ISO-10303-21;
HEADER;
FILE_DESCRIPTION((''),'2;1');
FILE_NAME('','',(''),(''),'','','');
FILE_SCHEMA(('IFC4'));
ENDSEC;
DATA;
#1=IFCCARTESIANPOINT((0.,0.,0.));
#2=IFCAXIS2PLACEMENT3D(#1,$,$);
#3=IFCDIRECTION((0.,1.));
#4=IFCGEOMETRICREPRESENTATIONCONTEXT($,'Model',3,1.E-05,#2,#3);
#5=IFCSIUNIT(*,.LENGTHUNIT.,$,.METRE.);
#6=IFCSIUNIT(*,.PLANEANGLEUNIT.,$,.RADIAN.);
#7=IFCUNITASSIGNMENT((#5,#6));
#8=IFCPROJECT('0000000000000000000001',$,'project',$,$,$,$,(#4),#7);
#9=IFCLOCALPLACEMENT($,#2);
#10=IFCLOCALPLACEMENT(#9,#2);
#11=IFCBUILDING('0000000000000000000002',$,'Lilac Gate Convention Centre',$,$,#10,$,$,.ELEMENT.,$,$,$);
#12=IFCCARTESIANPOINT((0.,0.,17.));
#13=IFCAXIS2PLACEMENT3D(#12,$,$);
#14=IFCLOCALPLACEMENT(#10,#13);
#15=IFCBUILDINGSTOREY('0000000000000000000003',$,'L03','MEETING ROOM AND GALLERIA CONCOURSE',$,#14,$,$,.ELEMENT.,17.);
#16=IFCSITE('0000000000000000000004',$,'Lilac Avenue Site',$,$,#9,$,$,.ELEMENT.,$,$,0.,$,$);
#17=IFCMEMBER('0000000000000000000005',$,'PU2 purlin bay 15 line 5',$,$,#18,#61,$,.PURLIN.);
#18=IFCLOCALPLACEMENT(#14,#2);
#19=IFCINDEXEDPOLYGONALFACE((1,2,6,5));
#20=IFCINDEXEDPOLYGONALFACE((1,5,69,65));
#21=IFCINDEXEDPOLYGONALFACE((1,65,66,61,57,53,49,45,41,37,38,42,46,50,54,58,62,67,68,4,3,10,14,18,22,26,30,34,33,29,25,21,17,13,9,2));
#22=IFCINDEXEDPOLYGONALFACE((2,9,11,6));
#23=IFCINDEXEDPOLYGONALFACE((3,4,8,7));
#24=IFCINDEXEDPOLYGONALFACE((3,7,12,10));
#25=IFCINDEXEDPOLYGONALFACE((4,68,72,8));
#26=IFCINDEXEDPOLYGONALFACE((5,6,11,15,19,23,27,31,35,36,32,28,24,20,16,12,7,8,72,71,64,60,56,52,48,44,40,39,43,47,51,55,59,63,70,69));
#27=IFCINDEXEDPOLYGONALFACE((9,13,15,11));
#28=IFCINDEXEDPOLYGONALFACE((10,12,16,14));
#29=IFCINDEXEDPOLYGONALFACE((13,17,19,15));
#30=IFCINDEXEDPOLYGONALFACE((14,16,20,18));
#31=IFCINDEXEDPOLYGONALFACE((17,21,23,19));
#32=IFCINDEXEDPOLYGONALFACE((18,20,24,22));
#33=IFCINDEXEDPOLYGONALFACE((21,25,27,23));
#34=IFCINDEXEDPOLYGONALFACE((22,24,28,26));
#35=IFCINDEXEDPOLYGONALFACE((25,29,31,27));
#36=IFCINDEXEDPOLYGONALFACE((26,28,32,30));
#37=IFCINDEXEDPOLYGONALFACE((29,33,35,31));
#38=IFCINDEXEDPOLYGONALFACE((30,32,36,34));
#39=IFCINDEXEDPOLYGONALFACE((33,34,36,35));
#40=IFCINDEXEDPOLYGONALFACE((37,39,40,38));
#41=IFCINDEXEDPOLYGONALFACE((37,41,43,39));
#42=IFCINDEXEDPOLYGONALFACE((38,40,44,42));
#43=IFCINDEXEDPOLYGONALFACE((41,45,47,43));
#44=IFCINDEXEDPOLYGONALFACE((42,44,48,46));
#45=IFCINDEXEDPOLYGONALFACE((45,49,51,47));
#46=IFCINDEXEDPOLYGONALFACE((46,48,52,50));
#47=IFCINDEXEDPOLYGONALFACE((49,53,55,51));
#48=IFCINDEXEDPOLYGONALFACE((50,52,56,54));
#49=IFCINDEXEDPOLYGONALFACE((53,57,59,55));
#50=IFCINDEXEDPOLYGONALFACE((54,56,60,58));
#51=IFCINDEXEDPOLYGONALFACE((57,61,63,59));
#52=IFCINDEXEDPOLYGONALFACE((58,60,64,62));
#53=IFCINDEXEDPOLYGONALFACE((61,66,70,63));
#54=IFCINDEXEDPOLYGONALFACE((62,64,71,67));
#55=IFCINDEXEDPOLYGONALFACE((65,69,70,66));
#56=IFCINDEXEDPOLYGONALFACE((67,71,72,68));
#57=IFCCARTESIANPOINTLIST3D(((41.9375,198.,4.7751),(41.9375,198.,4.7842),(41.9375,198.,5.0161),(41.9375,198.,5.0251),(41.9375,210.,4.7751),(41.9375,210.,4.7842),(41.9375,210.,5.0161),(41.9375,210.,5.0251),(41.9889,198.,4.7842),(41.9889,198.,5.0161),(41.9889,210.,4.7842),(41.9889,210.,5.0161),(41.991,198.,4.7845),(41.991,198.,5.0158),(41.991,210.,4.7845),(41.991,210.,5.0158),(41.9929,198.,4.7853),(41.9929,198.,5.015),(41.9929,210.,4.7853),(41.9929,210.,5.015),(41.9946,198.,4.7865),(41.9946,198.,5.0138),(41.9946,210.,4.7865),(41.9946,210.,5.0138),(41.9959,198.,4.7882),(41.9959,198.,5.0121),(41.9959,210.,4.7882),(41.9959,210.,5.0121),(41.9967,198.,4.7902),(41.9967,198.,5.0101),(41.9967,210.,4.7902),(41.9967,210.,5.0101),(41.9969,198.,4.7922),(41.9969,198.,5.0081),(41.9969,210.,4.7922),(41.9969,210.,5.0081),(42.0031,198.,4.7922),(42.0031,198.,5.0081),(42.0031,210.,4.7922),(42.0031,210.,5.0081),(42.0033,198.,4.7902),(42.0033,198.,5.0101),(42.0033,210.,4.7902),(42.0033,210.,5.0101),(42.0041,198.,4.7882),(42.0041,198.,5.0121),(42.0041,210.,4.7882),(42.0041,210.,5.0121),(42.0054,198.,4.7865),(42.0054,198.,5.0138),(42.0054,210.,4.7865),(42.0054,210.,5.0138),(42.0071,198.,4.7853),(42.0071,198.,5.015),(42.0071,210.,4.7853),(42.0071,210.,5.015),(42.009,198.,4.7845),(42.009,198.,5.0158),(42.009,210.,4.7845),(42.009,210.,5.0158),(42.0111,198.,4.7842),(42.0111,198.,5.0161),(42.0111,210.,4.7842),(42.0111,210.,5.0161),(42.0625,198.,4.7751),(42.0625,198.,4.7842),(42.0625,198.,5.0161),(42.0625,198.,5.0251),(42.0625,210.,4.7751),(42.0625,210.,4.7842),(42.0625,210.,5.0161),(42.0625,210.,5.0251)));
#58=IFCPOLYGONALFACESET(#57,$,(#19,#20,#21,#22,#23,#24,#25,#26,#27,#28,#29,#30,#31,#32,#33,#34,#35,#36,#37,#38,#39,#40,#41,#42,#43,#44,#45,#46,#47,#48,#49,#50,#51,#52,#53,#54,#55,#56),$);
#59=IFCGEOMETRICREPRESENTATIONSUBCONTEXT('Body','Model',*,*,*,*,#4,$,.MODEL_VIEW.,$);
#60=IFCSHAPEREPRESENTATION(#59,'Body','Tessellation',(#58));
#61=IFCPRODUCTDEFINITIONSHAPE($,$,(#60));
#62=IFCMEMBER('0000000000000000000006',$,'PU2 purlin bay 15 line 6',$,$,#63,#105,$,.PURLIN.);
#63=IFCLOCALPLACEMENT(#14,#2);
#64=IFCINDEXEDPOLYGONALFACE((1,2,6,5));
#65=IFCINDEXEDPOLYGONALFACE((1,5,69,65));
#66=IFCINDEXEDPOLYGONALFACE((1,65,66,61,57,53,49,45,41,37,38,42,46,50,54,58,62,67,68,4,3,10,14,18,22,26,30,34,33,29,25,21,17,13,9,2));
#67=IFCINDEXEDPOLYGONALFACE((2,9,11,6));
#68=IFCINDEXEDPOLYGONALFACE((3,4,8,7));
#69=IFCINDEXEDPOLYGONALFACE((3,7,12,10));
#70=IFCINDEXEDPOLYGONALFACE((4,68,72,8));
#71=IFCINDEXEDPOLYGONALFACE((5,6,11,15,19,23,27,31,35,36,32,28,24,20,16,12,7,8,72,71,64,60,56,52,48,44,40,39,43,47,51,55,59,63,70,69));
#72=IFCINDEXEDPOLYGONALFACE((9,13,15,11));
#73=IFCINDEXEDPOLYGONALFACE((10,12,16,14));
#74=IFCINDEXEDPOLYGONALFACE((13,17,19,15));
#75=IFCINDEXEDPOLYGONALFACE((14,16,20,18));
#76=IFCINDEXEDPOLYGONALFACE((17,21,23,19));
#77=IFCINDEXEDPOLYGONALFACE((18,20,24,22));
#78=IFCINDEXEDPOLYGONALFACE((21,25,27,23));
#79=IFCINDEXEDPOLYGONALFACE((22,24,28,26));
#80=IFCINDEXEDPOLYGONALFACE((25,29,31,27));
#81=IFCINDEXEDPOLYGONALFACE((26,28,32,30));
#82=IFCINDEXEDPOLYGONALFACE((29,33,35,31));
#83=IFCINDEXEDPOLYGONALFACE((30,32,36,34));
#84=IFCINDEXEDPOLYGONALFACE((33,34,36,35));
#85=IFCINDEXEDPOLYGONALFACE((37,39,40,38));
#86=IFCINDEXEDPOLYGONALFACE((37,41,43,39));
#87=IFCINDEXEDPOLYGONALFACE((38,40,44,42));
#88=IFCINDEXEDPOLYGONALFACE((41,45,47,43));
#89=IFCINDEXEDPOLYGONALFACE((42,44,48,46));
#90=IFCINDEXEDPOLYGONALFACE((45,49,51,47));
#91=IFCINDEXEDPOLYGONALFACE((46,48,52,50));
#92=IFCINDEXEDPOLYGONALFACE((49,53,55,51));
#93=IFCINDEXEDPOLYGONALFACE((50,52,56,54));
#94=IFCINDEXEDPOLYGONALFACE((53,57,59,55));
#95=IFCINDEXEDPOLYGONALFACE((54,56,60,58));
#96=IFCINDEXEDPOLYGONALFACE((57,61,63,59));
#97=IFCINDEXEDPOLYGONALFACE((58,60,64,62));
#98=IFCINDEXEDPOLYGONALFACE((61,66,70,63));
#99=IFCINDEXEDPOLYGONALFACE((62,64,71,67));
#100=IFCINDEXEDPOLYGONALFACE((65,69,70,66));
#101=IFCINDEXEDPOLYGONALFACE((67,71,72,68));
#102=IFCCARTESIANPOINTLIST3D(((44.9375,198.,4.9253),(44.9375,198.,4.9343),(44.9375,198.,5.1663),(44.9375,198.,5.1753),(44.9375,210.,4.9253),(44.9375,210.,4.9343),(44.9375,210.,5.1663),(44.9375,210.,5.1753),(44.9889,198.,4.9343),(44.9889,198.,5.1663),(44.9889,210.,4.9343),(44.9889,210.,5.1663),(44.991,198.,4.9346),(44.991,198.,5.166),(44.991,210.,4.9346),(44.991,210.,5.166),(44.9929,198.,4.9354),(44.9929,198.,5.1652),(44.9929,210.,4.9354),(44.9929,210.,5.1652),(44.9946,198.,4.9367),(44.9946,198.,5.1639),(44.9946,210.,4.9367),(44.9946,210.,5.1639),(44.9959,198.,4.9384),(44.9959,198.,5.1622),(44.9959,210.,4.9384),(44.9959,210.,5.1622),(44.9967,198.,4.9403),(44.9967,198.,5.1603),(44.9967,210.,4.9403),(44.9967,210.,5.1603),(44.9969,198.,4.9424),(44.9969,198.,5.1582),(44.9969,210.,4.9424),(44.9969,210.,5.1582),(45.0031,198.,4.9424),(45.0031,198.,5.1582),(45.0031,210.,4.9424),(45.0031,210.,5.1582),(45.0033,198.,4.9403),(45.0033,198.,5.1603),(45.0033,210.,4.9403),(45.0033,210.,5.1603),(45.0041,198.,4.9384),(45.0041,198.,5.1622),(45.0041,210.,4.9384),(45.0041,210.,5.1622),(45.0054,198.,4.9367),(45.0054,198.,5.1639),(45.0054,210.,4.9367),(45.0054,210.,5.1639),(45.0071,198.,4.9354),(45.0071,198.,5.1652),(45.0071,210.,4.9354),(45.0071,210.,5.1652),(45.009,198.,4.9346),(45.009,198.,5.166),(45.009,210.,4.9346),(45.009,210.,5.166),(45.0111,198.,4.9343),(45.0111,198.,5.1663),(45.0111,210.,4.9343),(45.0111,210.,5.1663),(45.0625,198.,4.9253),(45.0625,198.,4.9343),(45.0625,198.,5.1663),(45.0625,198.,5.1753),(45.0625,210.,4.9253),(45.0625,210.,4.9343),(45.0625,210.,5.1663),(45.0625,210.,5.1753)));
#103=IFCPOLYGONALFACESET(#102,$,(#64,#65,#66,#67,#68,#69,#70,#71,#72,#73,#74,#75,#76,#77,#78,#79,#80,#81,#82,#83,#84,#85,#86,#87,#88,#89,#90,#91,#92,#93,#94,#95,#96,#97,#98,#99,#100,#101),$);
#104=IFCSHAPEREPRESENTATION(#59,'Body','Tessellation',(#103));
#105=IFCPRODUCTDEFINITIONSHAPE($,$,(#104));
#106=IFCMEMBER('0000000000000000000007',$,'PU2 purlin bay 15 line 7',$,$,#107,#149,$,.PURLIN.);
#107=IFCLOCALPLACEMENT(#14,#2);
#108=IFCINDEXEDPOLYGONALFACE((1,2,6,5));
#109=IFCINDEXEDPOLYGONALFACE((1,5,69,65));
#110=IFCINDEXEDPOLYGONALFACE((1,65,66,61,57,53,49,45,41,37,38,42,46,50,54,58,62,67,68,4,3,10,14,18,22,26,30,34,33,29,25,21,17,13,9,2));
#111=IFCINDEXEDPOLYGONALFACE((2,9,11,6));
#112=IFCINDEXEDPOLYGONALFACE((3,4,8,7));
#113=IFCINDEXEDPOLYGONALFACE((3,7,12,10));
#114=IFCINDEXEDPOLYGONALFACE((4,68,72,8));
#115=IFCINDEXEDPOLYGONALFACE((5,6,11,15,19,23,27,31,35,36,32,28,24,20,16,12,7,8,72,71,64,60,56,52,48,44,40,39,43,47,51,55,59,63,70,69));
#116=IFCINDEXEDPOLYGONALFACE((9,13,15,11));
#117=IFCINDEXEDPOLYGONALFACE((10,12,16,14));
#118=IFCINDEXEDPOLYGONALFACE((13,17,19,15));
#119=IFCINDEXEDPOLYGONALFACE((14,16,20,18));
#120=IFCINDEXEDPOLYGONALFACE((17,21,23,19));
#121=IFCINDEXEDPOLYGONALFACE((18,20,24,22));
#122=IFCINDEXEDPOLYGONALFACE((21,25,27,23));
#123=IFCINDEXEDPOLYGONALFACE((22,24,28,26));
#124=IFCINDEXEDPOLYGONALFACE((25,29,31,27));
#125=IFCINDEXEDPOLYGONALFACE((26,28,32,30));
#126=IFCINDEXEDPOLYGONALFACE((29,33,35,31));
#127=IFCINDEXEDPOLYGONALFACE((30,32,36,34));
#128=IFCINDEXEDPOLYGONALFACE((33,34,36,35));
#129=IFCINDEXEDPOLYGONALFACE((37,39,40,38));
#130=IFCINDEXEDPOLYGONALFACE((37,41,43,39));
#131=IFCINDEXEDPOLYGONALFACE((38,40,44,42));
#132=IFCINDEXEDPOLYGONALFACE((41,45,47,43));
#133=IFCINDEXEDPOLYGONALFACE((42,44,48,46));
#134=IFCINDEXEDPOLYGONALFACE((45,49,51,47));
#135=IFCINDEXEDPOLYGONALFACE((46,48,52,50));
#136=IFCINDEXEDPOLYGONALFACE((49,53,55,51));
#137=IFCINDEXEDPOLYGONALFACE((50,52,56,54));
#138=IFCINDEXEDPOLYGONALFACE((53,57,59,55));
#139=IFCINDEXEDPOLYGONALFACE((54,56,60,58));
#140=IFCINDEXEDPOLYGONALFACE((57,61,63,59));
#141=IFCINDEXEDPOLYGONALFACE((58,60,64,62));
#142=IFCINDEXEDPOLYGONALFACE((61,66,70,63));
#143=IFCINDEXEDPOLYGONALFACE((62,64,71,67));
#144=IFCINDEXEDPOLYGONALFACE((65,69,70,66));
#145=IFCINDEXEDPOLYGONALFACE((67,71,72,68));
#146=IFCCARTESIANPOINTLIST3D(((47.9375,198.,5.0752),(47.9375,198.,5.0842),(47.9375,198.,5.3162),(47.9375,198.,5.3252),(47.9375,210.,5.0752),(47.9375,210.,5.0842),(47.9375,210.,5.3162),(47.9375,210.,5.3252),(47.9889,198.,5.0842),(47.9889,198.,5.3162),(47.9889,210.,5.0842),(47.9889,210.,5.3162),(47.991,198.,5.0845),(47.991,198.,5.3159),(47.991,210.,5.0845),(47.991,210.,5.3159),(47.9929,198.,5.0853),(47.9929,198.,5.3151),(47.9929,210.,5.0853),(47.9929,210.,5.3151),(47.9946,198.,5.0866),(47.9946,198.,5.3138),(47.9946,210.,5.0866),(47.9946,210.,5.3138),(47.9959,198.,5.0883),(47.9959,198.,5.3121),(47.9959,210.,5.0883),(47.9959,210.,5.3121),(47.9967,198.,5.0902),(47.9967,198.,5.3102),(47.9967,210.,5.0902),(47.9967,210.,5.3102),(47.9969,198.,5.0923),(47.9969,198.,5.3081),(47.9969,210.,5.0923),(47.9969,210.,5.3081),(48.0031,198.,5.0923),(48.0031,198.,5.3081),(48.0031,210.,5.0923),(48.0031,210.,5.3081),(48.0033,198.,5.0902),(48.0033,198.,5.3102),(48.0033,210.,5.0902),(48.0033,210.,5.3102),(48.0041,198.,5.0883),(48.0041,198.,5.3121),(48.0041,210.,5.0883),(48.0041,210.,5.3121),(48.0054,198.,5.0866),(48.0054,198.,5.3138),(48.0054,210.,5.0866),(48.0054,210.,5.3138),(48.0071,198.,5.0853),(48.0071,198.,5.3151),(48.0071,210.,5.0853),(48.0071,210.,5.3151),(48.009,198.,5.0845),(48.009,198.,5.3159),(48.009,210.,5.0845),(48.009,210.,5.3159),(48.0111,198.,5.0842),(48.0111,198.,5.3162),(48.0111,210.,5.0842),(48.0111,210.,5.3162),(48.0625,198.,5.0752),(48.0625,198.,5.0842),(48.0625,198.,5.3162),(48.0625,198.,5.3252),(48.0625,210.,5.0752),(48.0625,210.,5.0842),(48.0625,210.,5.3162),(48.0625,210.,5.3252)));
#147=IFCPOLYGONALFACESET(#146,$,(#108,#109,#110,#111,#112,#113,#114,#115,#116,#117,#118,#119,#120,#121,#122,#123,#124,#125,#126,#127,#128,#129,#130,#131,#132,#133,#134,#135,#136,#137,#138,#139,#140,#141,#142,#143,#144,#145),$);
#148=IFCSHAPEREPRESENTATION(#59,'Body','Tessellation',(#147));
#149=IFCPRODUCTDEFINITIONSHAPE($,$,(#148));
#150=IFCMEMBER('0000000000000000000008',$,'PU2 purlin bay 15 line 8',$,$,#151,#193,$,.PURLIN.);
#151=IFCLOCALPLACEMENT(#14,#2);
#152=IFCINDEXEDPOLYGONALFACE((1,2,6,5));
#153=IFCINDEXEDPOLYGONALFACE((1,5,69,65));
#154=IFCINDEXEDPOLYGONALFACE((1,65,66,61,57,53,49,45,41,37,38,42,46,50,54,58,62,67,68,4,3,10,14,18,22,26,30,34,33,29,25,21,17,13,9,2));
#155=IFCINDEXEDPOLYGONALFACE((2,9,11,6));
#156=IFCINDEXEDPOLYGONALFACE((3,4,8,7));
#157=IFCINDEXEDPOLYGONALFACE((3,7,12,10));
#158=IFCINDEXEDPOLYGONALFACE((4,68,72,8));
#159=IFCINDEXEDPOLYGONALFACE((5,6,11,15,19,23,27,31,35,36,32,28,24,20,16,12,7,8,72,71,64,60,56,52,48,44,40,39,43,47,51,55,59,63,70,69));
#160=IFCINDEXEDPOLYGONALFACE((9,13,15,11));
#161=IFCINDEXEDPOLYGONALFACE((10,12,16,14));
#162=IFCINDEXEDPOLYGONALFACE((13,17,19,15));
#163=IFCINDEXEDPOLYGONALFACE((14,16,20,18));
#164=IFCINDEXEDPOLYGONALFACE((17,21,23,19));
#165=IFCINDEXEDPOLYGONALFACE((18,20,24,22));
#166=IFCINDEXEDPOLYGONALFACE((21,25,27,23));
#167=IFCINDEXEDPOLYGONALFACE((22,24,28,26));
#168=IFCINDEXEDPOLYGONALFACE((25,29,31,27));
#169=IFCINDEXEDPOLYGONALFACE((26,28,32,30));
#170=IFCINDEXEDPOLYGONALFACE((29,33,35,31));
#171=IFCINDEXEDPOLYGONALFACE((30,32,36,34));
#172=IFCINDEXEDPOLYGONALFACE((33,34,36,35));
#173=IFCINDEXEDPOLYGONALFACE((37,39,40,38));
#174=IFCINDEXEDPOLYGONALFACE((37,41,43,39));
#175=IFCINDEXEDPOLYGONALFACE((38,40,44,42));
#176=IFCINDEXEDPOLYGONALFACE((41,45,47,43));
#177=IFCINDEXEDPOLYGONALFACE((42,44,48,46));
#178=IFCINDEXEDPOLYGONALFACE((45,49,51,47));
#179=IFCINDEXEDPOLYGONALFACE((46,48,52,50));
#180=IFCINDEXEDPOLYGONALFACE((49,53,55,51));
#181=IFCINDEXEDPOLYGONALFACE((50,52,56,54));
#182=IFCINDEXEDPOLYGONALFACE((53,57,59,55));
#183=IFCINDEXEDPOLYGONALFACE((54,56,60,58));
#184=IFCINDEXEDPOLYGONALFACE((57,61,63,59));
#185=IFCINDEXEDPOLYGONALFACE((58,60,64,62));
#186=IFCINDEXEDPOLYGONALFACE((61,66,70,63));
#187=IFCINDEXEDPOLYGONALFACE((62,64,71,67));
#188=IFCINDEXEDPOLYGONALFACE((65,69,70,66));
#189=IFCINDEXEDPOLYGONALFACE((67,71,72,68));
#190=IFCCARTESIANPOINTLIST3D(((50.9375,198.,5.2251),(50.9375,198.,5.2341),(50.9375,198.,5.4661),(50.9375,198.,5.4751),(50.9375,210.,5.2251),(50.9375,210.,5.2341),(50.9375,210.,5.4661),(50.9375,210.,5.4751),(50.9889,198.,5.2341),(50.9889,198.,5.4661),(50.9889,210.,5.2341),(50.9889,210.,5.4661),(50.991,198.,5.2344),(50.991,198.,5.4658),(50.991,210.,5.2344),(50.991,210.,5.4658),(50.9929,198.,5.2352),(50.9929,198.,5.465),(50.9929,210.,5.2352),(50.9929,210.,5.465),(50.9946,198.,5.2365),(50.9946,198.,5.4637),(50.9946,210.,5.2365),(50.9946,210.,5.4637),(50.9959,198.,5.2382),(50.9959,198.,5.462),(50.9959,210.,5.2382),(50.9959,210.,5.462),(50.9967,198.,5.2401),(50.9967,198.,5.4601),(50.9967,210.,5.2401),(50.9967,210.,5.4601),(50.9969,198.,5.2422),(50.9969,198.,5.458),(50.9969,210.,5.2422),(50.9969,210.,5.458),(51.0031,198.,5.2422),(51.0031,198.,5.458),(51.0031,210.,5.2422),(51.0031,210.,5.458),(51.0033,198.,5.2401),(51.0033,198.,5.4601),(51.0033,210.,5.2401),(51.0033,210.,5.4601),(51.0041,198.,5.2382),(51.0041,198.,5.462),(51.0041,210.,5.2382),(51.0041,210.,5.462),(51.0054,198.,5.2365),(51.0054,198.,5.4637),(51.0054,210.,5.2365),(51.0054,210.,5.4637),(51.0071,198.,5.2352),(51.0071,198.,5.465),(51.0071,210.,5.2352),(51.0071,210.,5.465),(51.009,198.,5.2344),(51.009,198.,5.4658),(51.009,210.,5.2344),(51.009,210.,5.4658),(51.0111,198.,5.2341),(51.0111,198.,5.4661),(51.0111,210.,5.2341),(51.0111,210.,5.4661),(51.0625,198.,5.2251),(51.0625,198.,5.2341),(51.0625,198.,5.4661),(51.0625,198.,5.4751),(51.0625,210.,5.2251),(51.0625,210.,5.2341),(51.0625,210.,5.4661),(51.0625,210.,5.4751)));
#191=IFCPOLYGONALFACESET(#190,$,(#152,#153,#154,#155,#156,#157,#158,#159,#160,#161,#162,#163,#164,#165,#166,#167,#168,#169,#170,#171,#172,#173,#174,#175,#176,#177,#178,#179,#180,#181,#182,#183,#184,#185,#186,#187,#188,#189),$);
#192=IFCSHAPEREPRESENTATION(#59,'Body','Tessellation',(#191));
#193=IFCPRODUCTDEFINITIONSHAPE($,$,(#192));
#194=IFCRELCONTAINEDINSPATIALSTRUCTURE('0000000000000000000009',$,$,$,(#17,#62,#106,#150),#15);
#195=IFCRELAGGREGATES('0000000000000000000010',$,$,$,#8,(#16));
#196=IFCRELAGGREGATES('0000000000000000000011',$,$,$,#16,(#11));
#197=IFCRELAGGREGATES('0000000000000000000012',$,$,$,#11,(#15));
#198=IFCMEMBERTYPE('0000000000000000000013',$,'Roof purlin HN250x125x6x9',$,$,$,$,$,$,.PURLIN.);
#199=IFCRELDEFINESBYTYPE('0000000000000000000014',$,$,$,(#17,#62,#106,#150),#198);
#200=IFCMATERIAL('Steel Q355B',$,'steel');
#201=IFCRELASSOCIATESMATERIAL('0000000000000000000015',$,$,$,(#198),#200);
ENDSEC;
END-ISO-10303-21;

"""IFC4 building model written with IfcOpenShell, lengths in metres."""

from ifc_helpers import new_model, si_unit, direction, frame, origin, origin_2d, place, context, subcontext, project, spatial, i_section, extrude, material, material_profile, profile_set, type_object, element, save


model = new_model("IFC4")

# Units and contexts
model_context = context("Model", 3, precision=1e-05, world=origin(), true_north=direction((0.0, 1.0)))
body_context = subcontext(model_context, "Body", "Model", "MODEL_VIEW")
ifc_project = project(units=[si_unit("LENGTHUNIT", "METRE"), si_unit("PLANEANGLEUNIT", "RADIAN")], contexts=[model_context])

# Site, building, storey
site_placement = place(None, origin())
site = spatial("IfcSite", under=ifc_project, at=site_placement, Name="Lilac Avenue Site", CompositionType="ELEMENT", RefElevation=0.0)
building_placement = place(site_placement, origin())
building = spatial("IfcBuilding", under=site, at=building_placement, Name="Lilac Gate Convention Centre", CompositionType="ELEMENT")
storey_placement = place(building_placement, frame((0.0, 0.0, 17.0)))
storey = spatial("IfcBuildingStorey", under=building, at=storey_placement, Name="L03", Description="MEETING ROOM AND GALLERIA CONCOURSE", CompositionType="ELEMENT", Elevation=17.0)

# Members
ifc_material = material(Name="Steel Q355B", Category="steel")
ifc_material_profile_1 = material_profile(ifc_material, i_section(OverallWidth=0.125, OverallDepth=0.25, WebThickness=0.0061, FlangeThickness=0.009, FilletRadius=0.0081, at=origin_2d()), Name="HN250x125x6x9")
ifc_profile_set_1 = profile_set([ifc_material_profile_1], Name="Steel Q355B")
member_type_1 = type_object("IfcMemberType", Name="Roof purlin HN250x125x6x9", PredefinedType="PURLIN", material=ifc_profile_set_1)
for number, where, z_axis, x_axis, name in (
    (1, (42.0, 198.0, 4.9001), (0.0, 1.0, 0.0), (-1.0, 0.0, 0.0), "PU2 purlin bay 15 line 5"),
    (2, (45.0, 198.0, 5.0503), (0.0, 1.0, 0.0), (-1.0, 0.0, 0.0), "PU2 purlin bay 15 line 6"),
    (3, (48.0, 198.0, 5.2002), (0.0, 1.0, 0.0), (-1.0, 0.0, 0.0), "PU2 purlin bay 15 line 7"),
    (4, (51.0, 198.0, 5.3501), (0.0, 1.0, 0.0), (-1.0, 0.0, 0.0), "PU2 purlin bay 15 line 8"),
):
    element("IfcMember", number, at=place(storey_placement, frame(where, z_axis=z_axis, x_axis=x_axis)), inside=storey, type_object=member_type_1, Name=name, PredefinedType="PURLIN", context=body_context, shape_type="SweptSolid", body=[
        extrude(i_section(OverallWidth=0.125, OverallDepth=0.25, WebThickness=0.0061, FlangeThickness=0.009, FilletRadius=0.0081, at=origin_2d()), origin(), (0.0, 0.0, 1.0), 12.0),
    ])

save(model, "model.ifc")
